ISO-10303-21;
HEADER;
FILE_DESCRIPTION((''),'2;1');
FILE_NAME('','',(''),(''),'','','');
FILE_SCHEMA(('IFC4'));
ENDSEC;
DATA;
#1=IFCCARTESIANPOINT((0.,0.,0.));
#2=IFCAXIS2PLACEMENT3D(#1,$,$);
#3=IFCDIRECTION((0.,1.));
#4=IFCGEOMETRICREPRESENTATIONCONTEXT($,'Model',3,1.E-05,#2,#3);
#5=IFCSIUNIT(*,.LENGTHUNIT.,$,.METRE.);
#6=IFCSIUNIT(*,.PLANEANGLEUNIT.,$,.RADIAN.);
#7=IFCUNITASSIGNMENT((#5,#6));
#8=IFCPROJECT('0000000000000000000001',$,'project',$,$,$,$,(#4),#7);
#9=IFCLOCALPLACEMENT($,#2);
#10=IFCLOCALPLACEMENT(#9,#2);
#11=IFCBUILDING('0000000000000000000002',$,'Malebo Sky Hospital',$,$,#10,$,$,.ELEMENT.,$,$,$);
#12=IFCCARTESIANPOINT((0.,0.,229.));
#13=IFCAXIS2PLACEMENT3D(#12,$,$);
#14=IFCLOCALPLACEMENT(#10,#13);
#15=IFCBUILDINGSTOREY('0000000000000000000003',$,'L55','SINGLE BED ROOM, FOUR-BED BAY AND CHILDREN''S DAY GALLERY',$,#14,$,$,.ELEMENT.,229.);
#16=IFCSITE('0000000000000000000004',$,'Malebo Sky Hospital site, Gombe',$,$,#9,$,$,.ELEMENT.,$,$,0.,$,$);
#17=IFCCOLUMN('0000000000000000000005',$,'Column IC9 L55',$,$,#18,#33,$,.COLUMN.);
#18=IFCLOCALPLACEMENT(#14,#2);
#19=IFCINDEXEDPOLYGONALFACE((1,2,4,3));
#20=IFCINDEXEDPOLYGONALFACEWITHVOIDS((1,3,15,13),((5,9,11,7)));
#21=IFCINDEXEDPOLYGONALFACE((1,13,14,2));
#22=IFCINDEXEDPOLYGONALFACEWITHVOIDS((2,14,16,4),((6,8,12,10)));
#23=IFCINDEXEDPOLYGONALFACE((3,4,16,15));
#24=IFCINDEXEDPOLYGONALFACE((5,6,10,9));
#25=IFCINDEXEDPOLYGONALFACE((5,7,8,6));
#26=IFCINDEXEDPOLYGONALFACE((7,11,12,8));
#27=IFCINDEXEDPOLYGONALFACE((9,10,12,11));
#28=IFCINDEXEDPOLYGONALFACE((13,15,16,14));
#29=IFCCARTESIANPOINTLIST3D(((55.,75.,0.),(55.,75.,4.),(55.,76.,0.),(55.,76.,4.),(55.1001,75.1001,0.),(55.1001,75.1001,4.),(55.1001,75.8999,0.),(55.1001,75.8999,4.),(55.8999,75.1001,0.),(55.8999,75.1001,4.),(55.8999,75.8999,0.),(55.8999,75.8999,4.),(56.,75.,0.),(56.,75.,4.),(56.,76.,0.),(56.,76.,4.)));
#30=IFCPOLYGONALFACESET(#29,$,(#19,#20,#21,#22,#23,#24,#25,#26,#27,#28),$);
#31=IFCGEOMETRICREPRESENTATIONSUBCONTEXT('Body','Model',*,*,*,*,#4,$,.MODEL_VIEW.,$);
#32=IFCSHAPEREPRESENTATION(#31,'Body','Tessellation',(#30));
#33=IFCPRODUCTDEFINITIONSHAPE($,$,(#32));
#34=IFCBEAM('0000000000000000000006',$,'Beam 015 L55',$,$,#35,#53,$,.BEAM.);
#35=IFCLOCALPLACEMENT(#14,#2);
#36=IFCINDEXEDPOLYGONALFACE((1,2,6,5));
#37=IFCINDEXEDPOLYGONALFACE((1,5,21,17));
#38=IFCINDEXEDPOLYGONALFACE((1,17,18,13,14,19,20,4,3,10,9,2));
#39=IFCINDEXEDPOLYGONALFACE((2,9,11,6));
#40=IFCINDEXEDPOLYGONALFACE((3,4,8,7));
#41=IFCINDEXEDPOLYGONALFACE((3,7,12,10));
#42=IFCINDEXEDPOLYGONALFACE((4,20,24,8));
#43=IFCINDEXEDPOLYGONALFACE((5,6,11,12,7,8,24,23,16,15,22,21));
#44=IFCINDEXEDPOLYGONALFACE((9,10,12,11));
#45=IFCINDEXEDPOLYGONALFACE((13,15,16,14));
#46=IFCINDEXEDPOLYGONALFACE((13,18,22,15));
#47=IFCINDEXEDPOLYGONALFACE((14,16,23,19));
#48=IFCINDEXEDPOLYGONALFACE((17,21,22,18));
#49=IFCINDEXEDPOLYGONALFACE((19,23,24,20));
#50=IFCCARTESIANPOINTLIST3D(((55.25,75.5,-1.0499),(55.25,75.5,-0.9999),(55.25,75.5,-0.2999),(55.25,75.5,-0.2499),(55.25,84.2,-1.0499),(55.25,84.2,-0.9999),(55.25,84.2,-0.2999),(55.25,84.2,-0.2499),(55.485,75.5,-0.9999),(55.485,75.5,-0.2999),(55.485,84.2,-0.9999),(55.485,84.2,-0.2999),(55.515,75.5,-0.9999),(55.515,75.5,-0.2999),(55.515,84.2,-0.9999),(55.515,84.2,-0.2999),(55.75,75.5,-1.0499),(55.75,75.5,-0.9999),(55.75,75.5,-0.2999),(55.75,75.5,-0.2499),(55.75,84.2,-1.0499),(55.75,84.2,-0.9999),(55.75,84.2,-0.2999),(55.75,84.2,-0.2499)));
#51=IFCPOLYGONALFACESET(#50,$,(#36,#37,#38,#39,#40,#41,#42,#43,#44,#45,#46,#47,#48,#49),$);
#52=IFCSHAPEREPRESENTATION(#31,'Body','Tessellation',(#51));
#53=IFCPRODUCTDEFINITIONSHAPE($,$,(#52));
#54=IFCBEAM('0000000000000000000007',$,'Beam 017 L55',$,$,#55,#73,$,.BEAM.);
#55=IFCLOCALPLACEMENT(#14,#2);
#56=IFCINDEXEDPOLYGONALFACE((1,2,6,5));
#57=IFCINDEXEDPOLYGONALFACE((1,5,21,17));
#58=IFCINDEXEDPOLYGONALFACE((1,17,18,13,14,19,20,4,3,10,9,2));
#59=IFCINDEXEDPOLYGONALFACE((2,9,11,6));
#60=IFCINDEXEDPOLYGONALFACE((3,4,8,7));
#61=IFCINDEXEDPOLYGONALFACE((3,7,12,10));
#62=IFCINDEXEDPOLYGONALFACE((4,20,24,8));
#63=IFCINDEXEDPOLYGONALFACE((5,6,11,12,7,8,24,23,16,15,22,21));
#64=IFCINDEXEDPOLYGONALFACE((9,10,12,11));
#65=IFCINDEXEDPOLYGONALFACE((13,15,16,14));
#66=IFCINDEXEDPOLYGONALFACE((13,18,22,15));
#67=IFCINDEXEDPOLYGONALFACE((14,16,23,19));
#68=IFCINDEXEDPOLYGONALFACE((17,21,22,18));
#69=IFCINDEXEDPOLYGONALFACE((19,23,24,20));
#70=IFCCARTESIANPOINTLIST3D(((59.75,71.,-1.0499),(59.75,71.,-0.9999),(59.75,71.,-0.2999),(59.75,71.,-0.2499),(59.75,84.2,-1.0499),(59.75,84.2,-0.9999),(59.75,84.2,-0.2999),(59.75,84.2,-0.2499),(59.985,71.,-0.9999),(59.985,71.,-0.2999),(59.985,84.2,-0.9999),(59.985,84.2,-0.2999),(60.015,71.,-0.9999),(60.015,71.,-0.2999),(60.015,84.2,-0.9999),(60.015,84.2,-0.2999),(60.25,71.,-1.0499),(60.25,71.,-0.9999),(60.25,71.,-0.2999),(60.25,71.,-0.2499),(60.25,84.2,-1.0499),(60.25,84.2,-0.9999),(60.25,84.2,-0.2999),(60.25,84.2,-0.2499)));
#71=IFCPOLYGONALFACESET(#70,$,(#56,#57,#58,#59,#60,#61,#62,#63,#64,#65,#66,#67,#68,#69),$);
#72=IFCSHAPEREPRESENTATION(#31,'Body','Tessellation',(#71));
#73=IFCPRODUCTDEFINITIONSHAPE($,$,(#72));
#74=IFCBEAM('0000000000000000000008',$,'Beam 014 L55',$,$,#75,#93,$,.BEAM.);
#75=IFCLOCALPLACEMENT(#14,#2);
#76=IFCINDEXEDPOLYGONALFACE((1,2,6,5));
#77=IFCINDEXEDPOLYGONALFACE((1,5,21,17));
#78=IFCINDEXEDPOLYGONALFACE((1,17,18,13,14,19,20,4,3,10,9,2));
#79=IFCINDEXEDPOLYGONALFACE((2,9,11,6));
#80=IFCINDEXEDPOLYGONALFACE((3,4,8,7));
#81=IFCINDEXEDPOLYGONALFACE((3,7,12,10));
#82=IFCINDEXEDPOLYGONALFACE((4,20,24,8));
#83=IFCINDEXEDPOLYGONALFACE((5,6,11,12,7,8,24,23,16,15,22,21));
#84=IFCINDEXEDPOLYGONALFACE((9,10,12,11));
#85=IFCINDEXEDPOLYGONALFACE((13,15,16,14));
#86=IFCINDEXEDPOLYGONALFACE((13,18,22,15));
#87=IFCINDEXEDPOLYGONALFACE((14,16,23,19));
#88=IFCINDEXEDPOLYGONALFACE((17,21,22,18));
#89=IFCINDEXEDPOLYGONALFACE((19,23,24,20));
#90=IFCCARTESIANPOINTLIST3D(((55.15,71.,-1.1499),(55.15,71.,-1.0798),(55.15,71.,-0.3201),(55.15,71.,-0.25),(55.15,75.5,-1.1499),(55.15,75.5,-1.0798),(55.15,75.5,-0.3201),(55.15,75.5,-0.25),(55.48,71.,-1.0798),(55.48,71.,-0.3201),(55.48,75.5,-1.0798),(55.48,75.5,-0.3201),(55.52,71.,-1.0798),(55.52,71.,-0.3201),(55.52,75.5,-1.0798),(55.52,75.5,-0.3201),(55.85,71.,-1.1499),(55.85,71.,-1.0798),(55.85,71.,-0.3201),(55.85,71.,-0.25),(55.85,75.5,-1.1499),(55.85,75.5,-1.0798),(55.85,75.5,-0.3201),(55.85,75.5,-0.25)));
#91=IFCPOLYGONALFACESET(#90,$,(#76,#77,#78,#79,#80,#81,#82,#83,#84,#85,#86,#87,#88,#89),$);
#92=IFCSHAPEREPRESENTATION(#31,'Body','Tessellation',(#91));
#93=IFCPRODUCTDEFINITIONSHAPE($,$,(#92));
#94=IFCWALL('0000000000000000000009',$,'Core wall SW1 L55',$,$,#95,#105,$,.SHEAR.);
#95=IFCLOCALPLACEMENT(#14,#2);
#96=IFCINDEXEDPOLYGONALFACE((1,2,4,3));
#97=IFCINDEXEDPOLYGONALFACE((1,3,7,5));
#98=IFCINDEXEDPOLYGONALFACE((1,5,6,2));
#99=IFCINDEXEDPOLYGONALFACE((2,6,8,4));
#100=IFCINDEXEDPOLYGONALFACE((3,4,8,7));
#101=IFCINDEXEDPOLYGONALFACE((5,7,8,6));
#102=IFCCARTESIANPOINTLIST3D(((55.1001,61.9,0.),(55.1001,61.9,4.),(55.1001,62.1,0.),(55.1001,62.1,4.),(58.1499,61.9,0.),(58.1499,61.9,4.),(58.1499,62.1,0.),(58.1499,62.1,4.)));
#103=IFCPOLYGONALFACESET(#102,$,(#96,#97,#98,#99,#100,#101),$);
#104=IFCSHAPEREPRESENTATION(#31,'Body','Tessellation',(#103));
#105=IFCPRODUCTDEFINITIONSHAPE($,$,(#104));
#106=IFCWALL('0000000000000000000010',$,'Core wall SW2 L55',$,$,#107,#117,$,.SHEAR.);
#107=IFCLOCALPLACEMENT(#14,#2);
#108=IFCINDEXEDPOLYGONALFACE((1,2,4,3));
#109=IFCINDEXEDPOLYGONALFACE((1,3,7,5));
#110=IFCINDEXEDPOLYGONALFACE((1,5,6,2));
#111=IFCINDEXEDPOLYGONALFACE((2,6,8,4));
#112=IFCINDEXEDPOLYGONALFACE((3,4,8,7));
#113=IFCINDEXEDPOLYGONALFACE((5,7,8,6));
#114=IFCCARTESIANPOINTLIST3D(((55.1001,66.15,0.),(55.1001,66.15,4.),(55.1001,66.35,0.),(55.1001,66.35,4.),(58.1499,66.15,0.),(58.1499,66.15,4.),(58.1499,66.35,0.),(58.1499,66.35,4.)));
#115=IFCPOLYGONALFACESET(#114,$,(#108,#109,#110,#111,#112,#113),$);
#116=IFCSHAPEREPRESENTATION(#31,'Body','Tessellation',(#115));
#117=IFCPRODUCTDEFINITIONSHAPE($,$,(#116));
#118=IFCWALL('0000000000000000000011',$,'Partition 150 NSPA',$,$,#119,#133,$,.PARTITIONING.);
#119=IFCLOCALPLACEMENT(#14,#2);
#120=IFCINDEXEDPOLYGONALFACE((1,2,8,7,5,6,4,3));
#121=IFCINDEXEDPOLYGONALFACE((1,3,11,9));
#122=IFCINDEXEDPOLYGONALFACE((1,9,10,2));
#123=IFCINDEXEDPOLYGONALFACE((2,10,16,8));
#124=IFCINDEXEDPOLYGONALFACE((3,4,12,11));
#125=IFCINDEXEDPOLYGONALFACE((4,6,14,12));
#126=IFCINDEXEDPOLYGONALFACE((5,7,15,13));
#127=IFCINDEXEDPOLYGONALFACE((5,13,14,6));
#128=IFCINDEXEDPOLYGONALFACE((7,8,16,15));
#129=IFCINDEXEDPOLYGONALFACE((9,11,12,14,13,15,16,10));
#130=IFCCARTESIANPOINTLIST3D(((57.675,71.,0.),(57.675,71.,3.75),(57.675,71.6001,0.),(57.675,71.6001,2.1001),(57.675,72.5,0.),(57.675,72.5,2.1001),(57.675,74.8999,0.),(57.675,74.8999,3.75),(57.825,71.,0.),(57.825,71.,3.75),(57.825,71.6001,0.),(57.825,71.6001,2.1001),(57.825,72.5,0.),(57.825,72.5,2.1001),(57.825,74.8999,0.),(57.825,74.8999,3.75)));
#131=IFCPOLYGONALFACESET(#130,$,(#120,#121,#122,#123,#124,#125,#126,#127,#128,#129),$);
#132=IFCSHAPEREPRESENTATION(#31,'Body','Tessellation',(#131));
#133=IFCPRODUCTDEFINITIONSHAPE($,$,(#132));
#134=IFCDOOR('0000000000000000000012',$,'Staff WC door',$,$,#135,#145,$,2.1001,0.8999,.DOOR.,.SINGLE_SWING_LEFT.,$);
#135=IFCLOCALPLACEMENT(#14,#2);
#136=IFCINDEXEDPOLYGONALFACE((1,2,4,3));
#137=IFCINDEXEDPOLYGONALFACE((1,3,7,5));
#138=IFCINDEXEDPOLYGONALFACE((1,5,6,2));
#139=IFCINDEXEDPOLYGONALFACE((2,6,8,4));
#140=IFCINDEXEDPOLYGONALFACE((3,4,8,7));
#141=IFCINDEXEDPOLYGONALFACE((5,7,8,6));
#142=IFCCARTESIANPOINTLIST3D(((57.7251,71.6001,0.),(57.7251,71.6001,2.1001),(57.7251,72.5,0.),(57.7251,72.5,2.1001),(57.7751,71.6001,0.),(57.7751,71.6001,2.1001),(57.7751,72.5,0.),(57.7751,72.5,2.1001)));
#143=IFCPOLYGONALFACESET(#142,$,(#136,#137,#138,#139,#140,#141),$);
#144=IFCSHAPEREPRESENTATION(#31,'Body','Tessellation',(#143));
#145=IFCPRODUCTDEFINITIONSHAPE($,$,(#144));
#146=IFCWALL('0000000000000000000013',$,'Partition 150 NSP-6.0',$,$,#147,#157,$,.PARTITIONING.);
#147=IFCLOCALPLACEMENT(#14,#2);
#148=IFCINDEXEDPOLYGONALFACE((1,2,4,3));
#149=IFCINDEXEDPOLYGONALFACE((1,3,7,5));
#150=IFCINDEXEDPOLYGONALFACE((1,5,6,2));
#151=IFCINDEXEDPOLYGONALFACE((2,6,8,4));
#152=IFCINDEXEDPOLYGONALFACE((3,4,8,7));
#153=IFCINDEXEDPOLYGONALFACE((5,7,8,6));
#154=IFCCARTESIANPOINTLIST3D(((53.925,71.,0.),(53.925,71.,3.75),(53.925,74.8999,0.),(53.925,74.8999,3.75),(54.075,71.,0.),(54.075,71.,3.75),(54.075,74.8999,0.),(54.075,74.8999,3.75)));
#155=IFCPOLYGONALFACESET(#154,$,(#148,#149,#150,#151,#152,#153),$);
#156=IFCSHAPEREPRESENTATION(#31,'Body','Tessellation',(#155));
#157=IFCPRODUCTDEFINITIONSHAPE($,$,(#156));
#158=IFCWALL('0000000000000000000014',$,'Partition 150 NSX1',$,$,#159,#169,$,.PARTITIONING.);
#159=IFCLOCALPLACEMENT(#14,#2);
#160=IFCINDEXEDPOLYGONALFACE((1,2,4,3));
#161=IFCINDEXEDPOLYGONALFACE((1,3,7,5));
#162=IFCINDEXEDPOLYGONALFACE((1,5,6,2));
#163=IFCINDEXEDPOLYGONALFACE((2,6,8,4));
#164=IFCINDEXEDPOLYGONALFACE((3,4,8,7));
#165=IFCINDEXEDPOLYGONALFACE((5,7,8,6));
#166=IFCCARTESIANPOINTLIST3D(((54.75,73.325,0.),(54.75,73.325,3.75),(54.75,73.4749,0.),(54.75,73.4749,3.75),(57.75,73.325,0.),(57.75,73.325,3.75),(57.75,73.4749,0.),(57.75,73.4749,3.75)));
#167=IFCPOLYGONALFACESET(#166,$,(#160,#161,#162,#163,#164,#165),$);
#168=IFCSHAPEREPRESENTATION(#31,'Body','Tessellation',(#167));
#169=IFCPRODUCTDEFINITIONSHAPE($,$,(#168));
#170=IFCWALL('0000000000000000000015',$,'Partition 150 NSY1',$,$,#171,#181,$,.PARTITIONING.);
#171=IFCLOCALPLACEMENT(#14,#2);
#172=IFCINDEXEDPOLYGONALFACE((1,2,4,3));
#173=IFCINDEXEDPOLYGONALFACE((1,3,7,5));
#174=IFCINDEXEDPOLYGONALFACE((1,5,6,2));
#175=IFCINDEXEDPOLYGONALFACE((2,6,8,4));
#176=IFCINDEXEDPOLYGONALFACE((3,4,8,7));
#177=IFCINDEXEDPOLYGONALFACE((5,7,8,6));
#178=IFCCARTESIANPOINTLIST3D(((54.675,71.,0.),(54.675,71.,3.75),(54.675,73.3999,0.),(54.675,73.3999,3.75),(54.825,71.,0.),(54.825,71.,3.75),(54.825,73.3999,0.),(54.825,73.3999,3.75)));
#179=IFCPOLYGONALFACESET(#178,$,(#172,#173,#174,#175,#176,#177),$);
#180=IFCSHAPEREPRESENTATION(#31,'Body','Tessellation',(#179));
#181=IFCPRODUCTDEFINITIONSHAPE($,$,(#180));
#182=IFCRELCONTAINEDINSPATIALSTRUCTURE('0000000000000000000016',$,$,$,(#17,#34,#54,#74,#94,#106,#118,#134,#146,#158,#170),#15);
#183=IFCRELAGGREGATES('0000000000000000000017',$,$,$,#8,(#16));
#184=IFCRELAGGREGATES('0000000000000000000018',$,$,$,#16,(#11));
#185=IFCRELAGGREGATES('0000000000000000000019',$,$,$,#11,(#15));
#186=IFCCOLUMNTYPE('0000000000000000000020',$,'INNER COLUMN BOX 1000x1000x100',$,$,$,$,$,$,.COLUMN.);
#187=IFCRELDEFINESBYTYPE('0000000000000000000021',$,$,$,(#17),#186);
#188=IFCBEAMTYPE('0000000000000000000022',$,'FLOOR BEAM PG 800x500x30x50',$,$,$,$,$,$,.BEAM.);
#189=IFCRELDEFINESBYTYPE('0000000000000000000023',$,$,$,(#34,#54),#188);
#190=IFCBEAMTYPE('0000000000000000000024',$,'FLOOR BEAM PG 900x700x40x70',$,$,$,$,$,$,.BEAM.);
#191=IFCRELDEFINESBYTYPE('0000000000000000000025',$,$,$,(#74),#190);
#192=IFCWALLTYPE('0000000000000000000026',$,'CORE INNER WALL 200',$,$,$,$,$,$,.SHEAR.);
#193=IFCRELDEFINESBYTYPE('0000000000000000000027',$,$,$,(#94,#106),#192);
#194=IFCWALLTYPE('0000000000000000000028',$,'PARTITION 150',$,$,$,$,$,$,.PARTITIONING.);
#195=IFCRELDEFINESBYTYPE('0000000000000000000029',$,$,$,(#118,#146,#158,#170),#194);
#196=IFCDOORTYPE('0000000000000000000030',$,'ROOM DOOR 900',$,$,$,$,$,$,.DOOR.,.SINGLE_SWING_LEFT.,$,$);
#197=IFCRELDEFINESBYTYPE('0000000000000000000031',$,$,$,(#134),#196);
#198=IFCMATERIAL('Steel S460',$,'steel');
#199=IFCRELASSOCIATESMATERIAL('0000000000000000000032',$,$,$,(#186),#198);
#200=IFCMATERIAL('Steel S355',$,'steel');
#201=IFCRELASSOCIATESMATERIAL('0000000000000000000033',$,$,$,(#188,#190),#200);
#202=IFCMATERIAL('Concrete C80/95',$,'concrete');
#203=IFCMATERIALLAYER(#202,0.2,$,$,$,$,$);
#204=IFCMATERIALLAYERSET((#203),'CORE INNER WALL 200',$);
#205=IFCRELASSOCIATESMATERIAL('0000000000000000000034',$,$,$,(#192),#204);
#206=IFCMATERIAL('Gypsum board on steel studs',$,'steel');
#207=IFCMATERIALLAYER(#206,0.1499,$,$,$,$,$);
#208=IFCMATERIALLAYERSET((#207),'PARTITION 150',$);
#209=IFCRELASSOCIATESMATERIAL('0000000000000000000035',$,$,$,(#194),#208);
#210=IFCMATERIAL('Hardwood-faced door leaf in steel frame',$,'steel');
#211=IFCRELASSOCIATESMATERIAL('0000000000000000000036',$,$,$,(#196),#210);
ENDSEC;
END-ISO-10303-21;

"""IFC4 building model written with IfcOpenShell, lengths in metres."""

from ifc_helpers import new_model, si_unit, direction, frame, frame_2d, origin, origin_2d, place, context, subcontext, project, spatial, rectangle, hollow_rectangle, i_section, extrude, material, layer, layer_set, material_profile, profile_set, type_object, element, fill, save


model = new_model("IFC4")

# Units and contexts
model_context = context("Model", 3, precision=1e-05, world=origin(), true_north=direction((0.0, 1.0)))
body_context = subcontext(model_context, "Body", "Model", "MODEL_VIEW")
ifc_project = project(units=[si_unit("LENGTHUNIT", "METRE"), si_unit("PLANEANGLEUNIT", "RADIAN")], contexts=[model_context])

# Site, building, storey
site_placement = place(None, origin())
site = spatial("IfcSite", under=ifc_project, at=site_placement, Name="Malebo Sky Hospital site, Gombe", CompositionType="ELEMENT", RefElevation=0.0)
building_placement = place(site_placement, origin())
building = spatial("IfcBuilding", under=site, at=building_placement, Name="Malebo Sky Hospital", CompositionType="ELEMENT")
storey_placement = place(building_placement, frame((0.0, 0.0, 229.0)))
storey = spatial("IfcBuildingStorey", under=building, at=storey_placement, Name="L55", Description="SINGLE BED ROOM, FOUR-BED BAY AND CHILDREN'S DAY GALLERY", CompositionType="ELEMENT", Elevation=229.0)

# Column
ifc_material_1 = material(Name="Steel S460", Category="steel")
ifc_material_profile_1 = material_profile(ifc_material_1, hollow_rectangle(XDim=1.0, YDim=1.0, WallThickness=0.1001, at=origin_2d()), Name="BOX 1000x1000x100")
ifc_profile_set_1 = profile_set([ifc_material_profile_1], Name="Steel S460")
column_type = type_object("IfcColumnType", Name="INNER COLUMN BOX 1000x1000x100", PredefinedType="COLUMN", material=ifc_profile_set_1)
column_placement = place(storey_placement, frame((55.5, 75.5, 0.0), z_axis=(0.0, 0.0, 1.0), x_axis=(1.0, 0.0, 0.0)))
element("IfcColumn", 1, at=column_placement, inside=storey, type_object=column_type, Name="Column IC9 L55", PredefinedType="COLUMN", context=body_context, shape_type="SweptSolid", body=[
    extrude(hollow_rectangle(XDim=1.0, YDim=1.0, WallThickness=0.1001, at=origin_2d()), origin(), (0.0, 0.0, 1.0), 4.0),
])

# Beams
ifc_material_2 = material(Name="Steel S355", Category="steel")
ifc_material_profile_2 = material_profile(ifc_material_2, i_section(OverallWidth=0.5, OverallDepth=0.8, WebThickness=0.03, FlangeThickness=0.05, at=origin_2d()), Name="PG 800x500x30x50")
ifc_profile_set_2 = profile_set([ifc_material_profile_2], Name="Steel S355")
beam_type_1 = type_object("IfcBeamType", Name="FLOOR BEAM PG 800x500x30x50", PredefinedType="BEAM", material=ifc_profile_set_2)
beam_1_placement = place(storey_placement, frame((55.5, 75.5, -0.6499), z_axis=(0.0, 1.0, 0.0), x_axis=(-1.0, 0.0, 0.0)))
element("IfcBeam", 2, at=beam_1_placement, inside=storey, type_object=beam_type_1, Name="Beam 015 L55", PredefinedType="BEAM", context=body_context, shape_type="SweptSolid", body=[
    extrude(i_section(OverallWidth=0.5, OverallDepth=0.8, WebThickness=0.03, FlangeThickness=0.05, at=origin_2d()), origin(), (0.0, 0.0, 1.0), 8.7),
])
beam_2_placement = place(storey_placement, frame((60.0, 71.0, -0.6499), z_axis=(0.0, 1.0, 0.0), x_axis=(-1.0, 0.0, 0.0)))
element("IfcBeam", 3, at=beam_2_placement, inside=storey, type_object=beam_type_1, Name="Beam 017 L55", PredefinedType="BEAM", context=body_context, shape_type="SweptSolid", body=[
    extrude(i_section(OverallWidth=0.5, OverallDepth=0.8, WebThickness=0.03, FlangeThickness=0.05, at=origin_2d()), origin(), (0.0, 0.0, 1.0), 13.2),
])
ifc_material_profile_3 = material_profile(ifc_material_2, i_section(OverallWidth=0.7, OverallDepth=0.8999, WebThickness=0.04, FlangeThickness=0.0701, at=origin_2d()), Name="PG 900x700x40x70")
ifc_profile_set_3 = profile_set([ifc_material_profile_3], Name="Steel S355")
beam_type_2 = type_object("IfcBeamType", Name="FLOOR BEAM PG 900x700x40x70", PredefinedType="BEAM", material=ifc_profile_set_3)
beam_3_placement = place(storey_placement, frame((55.5, 71.0, -0.7), z_axis=(0.0, 1.0, 0.0), x_axis=(-1.0, 0.0, 0.0)))
element("IfcBeam", 4, at=beam_3_placement, inside=storey, type_object=beam_type_2, Name="Beam 014 L55", PredefinedType="BEAM", context=body_context, shape_type="SweptSolid", body=[
    extrude(i_section(OverallWidth=0.7, OverallDepth=0.8999, WebThickness=0.04, FlangeThickness=0.0701, at=origin_2d()), origin(), (0.0, 0.0, 1.0), 4.5),
])

# Walls
ifc_material_3 = material(Name="Concrete C80/95", Category="concrete")
ifc_layer_1 = layer(ifc_material_3, 0.2)
ifc_layer_set_1 = layer_set([ifc_layer_1], Name="CORE INNER WALL 200")
wall_type_1 = type_object("IfcWallType", Name="CORE INNER WALL 200", PredefinedType="SHEAR", material=ifc_layer_set_1)
for number, where, z_axis, x_axis, name in (
    (5, (55.1001, 62.0, 0.0), (0.0, 0.0, 1.0), (1.0, 0.0, 0.0), "Core wall SW1 L55"),
    (6, (55.1001, 66.25, 0.0), (0.0, 0.0, 1.0), (1.0, 0.0, 0.0), "Core wall SW2 L55"),
):
    element("IfcWall", number, at=place(storey_placement, frame(where, z_axis=z_axis, x_axis=x_axis)), inside=storey, type_object=wall_type_1, Name=name, PredefinedType="SHEAR", context=body_context, shape_type="SweptSolid", body=[
        extrude(rectangle(XDim=3.0498, YDim=0.2, at=frame_2d((1.5249, 0.0))), origin(), (0.0, 0.0, 1.0), 4.0),
    ])

# Wall, opening, door
ifc_material_4 = material(Name="Gypsum board on steel studs", Category="steel")
ifc_layer_2 = layer(ifc_material_4, 0.1499)
ifc_layer_set_2 = layer_set([ifc_layer_2], Name="PARTITION 150")
wall_type_2 = type_object("IfcWallType", Name="PARTITION 150", PredefinedType="PARTITIONING", material=ifc_layer_set_2)
wall_1_placement = place(storey_placement, frame((57.75, 71.0, 0.0), z_axis=(0.0, 0.0, 1.0), x_axis=(0.0, 1.0, 0.0)))
wall_1 = element("IfcWall", 7, at=wall_1_placement, inside=storey, type_object=wall_type_2, Name="Partition 150 NSPA", PredefinedType="PARTITIONING", context=body_context, shape_type="SweptSolid", body=[
    extrude(rectangle(XDim=3.8999, YDim=0.1499, at=frame_2d((1.95, 0.0))), origin(), (0.0, 0.0, 1.0), 3.75),
])
opening_placement = place(wall_1_placement, frame((0.6001, 0.0, 0.0)))
opening = element("IfcOpeningElement", 8, at=opening_placement, cuts=wall_1, PredefinedType="OPENING", context=body_context, shape_type="SweptSolid", body=[
    extrude(rectangle(XDim=0.8999, YDim=2.1001, at=frame_2d((0.45, 1.05))), frame((0.0, 0.085, 0.0), z_axis=(0.0, -1.0, 0.0), x_axis=(1.0, 0.0, 0.0)), (0.0, 0.0, 1.0), 0.1699),
])
ifc_material_5 = material(Name="Hardwood-faced door leaf in steel frame", Category="steel")
door_type = type_object("IfcDoorType", Name="ROOM DOOR 900", OperationType="SINGLE_SWING_LEFT", PredefinedType="DOOR", material=ifc_material_5)
door_placement = place(opening_placement, origin())
door = element("IfcDoor", 9, at=door_placement, inside=storey, type_object=door_type, Name="Staff WC door", OperationType="SINGLE_SWING_LEFT", OverallHeight=2.1001, OverallWidth=0.8999, PredefinedType="DOOR", context=body_context, shape_type="SweptSolid", body=[
    extrude(rectangle(XDim=0.8999, YDim=2.1001, at=frame_2d((0.45, 1.05))), frame((0.0, 0.0249, 0.0), z_axis=(0.0, -1.0, 0.0), x_axis=(1.0, 0.0, 0.0)), (0.0, 0.0, 1.0), 0.05),
])
fill(opening, door)

# Walls
wall_2_placement = place(storey_placement, frame((54.0, 71.0, 0.0), z_axis=(0.0, 0.0, 1.0), x_axis=(0.0, 1.0, 0.0)))
element("IfcWall", 10, at=wall_2_placement, inside=storey, type_object=wall_type_2, Name="Partition 150 NSP-6.0", PredefinedType="PARTITIONING", context=body_context, shape_type="SweptSolid", body=[
    extrude(rectangle(XDim=3.8999, YDim=0.1499, at=frame_2d((1.95, 0.0))), origin(), (0.0, 0.0, 1.0), 3.75),
])
wall_3_placement = place(storey_placement, frame((54.75, 73.3999, 0.0), z_axis=(0.0, 0.0, 1.0), x_axis=(1.0, 0.0, 0.0)))
element("IfcWall", 11, at=wall_3_placement, inside=storey, type_object=wall_type_2, Name="Partition 150 NSX1", PredefinedType="PARTITIONING", context=body_context, shape_type="SweptSolid", body=[
    extrude(rectangle(XDim=3.0, YDim=0.1499, at=frame_2d((1.5, 0.0))), origin(), (0.0, 0.0, 1.0), 3.75),
])
wall_4_placement = place(storey_placement, frame((54.75, 71.0, 0.0), z_axis=(0.0, 0.0, 1.0), x_axis=(0.0, 1.0, 0.0)))
element("IfcWall", 12, at=wall_4_placement, inside=storey, type_object=wall_type_2, Name="Partition 150 NSY1", PredefinedType="PARTITIONING", context=body_context, shape_type="SweptSolid", body=[
    extrude(rectangle(XDim=2.3999, YDim=0.1499, at=frame_2d((1.2, 0.0))), origin(), (0.0, 0.0, 1.0), 3.75),
])

save(model, "model.ifc")
